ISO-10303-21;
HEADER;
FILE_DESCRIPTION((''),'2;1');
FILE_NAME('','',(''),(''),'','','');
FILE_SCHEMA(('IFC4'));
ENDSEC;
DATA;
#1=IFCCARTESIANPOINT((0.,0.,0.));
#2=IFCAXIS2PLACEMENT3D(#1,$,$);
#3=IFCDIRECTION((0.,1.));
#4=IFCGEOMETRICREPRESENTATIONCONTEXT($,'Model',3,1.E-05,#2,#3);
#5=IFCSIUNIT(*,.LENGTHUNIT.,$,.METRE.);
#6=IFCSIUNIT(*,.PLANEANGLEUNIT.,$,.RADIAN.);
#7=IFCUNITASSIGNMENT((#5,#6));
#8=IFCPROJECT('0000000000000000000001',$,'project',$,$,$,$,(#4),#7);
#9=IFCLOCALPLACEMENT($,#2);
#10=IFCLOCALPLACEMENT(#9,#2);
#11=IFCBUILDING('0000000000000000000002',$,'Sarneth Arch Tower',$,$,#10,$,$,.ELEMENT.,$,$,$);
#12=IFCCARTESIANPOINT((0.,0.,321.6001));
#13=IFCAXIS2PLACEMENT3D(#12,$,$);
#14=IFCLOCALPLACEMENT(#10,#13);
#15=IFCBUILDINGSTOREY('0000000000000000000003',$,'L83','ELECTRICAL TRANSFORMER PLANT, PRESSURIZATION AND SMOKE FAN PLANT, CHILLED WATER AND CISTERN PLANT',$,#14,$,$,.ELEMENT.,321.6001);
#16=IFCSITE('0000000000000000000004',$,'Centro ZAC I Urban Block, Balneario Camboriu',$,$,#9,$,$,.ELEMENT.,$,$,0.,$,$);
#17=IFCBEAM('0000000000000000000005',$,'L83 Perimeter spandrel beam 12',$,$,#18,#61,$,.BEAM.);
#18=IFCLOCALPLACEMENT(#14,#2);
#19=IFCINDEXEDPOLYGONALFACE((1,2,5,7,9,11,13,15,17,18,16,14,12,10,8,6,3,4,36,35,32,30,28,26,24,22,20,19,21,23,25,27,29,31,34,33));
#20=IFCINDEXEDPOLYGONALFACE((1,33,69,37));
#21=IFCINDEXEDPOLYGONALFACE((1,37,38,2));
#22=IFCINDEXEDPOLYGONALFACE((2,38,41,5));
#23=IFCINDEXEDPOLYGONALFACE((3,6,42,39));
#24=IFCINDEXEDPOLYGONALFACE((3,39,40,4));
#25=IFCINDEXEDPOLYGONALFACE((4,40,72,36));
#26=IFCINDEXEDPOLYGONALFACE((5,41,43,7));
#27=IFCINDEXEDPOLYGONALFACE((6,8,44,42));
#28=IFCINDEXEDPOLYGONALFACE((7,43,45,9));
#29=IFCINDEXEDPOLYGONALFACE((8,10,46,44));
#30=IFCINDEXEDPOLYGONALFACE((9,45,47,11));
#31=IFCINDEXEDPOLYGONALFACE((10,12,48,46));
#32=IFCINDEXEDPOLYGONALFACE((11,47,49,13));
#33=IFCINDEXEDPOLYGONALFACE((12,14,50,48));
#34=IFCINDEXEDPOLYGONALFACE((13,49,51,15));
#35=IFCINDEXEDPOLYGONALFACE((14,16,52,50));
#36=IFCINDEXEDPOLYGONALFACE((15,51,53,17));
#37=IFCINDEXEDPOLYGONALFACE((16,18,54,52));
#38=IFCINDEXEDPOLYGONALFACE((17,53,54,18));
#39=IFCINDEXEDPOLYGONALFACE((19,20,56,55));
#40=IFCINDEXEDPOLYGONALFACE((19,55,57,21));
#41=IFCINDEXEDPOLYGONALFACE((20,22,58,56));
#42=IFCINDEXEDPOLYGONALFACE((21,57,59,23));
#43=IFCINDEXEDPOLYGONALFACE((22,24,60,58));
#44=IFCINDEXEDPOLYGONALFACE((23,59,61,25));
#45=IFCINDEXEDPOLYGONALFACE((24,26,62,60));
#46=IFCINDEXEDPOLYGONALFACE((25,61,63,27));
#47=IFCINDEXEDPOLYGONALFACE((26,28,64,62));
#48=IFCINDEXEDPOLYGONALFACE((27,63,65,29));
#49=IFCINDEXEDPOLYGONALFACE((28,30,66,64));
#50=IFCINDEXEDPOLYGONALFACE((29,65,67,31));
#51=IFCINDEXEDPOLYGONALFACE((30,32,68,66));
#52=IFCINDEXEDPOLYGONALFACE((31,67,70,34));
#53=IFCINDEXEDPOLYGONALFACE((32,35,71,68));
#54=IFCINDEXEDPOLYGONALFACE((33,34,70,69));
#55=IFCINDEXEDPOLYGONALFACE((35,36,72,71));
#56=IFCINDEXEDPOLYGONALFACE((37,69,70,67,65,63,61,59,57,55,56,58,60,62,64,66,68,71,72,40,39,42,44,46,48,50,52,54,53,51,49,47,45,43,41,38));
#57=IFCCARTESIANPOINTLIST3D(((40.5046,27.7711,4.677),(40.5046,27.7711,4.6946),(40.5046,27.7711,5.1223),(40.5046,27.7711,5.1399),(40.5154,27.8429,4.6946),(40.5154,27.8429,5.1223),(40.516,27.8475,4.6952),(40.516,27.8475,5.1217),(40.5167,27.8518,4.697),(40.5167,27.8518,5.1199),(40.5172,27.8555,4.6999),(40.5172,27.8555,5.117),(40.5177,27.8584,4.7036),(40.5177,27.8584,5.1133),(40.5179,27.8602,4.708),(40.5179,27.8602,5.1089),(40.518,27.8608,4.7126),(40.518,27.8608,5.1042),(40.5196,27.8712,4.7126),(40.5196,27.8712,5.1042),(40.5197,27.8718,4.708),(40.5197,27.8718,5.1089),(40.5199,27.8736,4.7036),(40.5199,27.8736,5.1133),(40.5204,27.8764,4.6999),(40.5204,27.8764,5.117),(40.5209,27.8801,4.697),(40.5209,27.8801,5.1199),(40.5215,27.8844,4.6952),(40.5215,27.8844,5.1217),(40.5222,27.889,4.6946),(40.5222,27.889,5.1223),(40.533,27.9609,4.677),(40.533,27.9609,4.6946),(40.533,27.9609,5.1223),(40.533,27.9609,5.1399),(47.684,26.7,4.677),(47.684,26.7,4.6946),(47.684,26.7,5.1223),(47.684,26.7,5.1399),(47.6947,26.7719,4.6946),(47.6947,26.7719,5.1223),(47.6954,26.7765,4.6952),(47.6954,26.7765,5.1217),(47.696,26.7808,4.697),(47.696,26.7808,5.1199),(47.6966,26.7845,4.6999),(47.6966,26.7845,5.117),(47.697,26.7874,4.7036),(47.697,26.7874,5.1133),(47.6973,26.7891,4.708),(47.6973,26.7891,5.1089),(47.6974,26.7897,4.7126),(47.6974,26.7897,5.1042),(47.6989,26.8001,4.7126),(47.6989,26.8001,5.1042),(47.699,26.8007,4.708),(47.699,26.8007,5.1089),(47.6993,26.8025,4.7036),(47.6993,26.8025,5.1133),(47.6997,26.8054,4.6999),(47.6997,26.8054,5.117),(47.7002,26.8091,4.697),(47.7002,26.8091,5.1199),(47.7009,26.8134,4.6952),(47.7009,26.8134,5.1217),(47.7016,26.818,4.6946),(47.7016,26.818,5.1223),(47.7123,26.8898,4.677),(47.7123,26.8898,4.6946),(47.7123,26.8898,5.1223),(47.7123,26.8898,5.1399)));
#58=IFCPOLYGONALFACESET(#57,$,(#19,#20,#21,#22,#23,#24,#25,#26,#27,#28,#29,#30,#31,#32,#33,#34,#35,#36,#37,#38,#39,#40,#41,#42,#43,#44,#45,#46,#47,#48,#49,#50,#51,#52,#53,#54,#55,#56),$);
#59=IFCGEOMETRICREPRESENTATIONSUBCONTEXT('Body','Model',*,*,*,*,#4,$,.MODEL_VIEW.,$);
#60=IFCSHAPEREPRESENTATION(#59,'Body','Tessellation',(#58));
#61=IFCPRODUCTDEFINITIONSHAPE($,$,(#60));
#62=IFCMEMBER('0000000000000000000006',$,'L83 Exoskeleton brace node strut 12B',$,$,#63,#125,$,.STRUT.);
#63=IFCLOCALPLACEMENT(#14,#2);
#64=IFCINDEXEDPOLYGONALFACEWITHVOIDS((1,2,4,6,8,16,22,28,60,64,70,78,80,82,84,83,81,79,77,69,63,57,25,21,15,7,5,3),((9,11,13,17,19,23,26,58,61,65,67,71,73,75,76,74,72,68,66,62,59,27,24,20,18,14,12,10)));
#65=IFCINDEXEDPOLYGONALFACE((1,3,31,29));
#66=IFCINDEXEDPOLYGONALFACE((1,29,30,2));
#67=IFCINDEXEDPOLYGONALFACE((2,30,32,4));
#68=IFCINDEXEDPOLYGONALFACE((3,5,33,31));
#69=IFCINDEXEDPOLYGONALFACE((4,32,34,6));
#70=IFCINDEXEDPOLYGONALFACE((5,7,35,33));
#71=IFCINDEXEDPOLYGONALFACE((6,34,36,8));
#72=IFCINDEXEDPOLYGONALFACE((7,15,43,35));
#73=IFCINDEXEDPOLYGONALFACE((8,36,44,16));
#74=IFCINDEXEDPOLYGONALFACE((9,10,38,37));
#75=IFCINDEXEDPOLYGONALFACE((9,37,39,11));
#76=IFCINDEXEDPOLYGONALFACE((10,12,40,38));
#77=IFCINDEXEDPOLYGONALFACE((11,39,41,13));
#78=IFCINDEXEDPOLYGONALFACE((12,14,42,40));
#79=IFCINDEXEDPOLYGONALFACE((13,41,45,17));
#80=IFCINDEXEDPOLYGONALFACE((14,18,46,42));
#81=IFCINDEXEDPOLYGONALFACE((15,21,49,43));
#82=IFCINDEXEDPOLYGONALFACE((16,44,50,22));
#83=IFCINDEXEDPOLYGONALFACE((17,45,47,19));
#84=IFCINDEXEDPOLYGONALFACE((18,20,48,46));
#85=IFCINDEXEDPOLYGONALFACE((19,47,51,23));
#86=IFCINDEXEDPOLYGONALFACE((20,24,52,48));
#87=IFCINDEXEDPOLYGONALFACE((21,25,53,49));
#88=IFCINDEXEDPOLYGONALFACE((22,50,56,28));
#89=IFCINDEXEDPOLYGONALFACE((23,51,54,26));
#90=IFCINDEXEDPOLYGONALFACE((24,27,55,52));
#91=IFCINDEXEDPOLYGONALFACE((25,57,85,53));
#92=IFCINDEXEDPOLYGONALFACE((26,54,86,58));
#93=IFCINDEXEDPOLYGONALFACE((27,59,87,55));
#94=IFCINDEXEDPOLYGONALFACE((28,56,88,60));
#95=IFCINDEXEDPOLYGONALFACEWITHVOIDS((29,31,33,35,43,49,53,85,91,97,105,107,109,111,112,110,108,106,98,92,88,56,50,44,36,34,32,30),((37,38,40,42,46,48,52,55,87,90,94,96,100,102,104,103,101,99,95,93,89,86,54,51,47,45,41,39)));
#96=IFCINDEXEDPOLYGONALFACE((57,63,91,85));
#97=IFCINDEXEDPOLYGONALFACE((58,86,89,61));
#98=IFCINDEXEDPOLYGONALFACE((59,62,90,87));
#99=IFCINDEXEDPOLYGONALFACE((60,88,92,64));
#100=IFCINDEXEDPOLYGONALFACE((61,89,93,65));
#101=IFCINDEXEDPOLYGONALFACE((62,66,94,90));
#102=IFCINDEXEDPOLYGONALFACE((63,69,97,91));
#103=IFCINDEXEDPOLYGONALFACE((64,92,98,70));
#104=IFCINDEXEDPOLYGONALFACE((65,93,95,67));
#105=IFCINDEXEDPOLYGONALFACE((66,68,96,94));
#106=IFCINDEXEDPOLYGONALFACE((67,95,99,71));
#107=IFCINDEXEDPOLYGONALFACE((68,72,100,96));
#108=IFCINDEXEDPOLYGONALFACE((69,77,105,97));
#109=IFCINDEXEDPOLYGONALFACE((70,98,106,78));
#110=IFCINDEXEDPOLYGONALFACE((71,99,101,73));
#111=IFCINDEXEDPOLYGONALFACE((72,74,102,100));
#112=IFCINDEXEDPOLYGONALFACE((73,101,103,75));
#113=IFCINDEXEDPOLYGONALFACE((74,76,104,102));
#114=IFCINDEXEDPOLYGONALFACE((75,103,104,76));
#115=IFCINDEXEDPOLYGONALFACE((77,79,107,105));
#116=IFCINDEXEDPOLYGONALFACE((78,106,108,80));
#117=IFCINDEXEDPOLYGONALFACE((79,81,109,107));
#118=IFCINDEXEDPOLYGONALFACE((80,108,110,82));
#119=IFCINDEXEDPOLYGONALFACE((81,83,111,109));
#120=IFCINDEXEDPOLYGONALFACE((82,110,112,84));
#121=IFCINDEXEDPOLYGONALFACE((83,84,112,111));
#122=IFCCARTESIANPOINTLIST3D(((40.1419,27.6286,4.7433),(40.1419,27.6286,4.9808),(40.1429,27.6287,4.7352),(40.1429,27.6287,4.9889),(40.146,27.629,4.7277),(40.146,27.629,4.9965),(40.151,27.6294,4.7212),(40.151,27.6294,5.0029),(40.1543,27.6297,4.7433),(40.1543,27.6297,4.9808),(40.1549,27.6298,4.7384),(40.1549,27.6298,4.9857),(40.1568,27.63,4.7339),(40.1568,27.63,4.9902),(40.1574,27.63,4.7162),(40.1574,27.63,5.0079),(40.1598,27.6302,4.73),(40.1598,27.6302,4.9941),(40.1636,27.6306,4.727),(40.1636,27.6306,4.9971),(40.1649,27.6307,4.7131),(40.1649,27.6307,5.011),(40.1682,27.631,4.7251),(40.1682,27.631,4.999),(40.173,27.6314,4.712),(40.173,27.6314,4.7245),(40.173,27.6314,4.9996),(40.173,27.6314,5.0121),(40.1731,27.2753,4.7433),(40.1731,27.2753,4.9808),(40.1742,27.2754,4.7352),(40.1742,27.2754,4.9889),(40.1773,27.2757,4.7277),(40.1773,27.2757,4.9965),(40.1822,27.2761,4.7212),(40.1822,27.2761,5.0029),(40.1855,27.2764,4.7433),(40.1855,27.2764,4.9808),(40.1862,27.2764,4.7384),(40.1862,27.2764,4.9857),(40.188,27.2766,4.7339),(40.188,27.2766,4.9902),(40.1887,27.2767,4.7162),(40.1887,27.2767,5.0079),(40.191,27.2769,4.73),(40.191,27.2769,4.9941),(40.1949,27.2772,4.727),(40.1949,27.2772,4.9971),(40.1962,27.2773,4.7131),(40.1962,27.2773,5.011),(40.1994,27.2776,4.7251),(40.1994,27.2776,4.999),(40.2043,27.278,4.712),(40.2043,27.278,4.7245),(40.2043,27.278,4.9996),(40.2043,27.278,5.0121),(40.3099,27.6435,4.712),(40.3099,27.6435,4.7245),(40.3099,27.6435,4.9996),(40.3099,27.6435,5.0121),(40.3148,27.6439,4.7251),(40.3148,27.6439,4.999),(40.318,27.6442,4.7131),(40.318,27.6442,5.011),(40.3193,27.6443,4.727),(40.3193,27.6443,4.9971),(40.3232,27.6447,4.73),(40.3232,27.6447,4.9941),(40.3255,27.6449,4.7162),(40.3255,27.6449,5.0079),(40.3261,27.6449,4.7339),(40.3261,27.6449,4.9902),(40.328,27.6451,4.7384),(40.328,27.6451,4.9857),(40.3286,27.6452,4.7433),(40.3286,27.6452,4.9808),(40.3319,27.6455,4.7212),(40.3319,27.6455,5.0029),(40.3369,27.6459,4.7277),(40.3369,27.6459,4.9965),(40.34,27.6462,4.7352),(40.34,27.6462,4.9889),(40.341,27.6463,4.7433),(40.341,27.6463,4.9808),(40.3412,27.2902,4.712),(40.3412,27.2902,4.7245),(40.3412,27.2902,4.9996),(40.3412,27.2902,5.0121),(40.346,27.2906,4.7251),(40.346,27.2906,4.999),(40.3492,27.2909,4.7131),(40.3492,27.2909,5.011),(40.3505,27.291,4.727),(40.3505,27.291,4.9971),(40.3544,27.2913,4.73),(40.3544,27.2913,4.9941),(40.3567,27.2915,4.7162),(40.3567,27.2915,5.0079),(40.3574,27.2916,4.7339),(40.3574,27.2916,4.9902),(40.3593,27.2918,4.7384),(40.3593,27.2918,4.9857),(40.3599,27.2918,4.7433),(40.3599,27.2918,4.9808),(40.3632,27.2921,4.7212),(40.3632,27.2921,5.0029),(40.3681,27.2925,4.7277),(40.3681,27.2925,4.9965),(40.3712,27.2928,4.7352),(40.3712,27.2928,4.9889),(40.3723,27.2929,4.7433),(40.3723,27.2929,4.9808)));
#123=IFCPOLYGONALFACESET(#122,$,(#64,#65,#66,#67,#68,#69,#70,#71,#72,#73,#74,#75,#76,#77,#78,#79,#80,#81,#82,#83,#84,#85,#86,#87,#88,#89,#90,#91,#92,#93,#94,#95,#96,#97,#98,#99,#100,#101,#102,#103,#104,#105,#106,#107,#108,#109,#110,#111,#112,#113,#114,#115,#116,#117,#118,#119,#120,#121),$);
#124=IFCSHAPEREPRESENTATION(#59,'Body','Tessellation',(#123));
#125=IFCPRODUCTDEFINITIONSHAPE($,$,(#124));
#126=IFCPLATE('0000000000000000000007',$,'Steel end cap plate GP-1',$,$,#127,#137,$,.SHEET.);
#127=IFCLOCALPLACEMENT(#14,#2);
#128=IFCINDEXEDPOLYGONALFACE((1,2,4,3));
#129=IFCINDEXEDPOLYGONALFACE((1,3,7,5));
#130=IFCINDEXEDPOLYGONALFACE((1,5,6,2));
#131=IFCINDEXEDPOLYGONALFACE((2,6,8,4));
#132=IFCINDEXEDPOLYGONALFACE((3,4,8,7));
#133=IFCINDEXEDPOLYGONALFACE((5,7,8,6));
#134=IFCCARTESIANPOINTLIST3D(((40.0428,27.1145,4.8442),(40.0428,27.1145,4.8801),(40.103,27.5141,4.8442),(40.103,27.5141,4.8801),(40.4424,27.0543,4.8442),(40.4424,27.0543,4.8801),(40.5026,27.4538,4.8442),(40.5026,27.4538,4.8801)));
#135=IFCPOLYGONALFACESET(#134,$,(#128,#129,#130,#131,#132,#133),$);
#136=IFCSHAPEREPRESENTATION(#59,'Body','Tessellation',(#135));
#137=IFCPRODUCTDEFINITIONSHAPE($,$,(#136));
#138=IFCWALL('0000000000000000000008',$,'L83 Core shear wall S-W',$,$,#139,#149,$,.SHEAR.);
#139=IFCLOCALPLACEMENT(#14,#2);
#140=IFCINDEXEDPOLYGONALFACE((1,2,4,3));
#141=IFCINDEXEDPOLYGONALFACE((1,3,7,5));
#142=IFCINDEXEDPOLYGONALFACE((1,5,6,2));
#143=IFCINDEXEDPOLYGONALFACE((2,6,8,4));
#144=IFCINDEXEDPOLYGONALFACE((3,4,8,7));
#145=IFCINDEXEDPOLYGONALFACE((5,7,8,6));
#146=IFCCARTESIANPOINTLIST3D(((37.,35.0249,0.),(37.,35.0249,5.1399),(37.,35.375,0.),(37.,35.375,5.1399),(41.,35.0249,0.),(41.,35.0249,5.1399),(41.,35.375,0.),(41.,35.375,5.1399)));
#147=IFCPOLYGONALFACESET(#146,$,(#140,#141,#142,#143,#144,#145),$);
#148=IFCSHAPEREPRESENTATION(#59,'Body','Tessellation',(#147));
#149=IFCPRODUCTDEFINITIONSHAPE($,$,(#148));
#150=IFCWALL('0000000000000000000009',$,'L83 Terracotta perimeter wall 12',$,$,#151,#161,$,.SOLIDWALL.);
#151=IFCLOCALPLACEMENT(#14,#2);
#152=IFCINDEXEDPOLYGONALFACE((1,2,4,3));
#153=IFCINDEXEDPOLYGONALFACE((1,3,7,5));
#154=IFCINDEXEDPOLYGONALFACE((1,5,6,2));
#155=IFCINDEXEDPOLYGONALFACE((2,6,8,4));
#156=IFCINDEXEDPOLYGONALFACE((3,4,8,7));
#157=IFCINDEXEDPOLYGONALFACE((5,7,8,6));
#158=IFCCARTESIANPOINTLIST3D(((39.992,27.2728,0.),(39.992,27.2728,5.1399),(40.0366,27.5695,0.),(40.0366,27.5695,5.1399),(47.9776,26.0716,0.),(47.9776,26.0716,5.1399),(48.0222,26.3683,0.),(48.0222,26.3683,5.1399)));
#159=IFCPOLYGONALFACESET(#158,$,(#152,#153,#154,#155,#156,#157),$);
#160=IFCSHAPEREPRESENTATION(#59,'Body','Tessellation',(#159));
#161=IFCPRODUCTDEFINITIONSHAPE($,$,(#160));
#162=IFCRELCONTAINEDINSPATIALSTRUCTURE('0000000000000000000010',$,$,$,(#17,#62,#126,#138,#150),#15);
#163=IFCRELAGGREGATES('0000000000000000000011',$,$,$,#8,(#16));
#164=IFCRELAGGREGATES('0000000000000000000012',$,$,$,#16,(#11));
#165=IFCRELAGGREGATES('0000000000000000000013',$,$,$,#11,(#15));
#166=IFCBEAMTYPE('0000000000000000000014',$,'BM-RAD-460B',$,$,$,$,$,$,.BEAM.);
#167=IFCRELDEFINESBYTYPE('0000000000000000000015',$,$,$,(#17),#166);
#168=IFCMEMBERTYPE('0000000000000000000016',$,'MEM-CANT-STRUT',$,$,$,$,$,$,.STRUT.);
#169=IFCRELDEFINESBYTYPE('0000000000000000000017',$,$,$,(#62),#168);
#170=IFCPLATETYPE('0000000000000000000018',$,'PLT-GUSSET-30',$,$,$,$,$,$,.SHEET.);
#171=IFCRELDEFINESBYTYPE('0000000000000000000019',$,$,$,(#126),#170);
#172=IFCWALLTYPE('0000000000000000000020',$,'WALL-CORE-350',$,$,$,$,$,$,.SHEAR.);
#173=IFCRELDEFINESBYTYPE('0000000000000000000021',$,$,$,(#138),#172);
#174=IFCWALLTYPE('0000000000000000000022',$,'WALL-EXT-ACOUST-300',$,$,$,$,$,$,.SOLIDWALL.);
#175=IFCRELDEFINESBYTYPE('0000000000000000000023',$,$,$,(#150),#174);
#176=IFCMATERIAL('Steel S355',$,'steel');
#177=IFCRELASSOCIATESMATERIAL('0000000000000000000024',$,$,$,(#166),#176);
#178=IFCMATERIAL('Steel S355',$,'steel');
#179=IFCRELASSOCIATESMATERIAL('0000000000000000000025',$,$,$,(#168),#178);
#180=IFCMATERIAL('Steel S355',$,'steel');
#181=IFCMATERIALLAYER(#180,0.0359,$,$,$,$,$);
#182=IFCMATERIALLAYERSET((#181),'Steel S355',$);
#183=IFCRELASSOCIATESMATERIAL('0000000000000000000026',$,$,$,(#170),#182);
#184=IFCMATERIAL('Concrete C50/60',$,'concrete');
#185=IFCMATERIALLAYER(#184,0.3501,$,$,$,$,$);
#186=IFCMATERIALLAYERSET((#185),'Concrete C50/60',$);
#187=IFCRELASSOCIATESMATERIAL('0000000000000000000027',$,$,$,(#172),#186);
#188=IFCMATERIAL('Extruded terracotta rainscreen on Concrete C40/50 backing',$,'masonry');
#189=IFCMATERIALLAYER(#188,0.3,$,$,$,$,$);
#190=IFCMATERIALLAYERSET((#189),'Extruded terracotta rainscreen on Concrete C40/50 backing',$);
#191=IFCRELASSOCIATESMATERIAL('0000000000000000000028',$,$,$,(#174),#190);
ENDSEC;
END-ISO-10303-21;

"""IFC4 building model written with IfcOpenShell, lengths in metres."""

from ifc_helpers import new_model, si_unit, direction, frame, frame_2d, origin, origin_2d, place, context, subcontext, project, spatial, rectangle, hollow_rectangle, i_section, extrude, material, layer, layer_set, material_profile, profile_set, type_object, element, save


model = new_model("IFC4")

# Units and contexts
model_context = context("Model", 3, precision=1e-05, world=origin(), true_north=direction((0.0, 1.0)))
body_context = subcontext(model_context, "Body", "Model", "MODEL_VIEW")
ifc_project = project(units=[si_unit("LENGTHUNIT", "METRE"), si_unit("PLANEANGLEUNIT", "RADIAN")], contexts=[model_context])

# Site, building, storey
site_placement = place(None, origin())
site = spatial("IfcSite", under=ifc_project, at=site_placement, Name="Centro ZAC I Urban Block, Balneario Camboriu", CompositionType="ELEMENT", RefElevation=0.0)
building_placement = place(site_placement, origin())
building = spatial("IfcBuilding", under=site, at=building_placement, Name="Sarneth Arch Tower", CompositionType="ELEMENT")
storey_placement = place(building_placement, frame((0.0, 0.0, 321.6001)))
storey = spatial("IfcBuildingStorey", under=building, at=storey_placement, Name="L83", Description="ELECTRICAL TRANSFORMER PLANT, PRESSURIZATION AND SMOKE FAN PLANT, CHILLED WATER AND CISTERN PLANT", CompositionType="ELEMENT", Elevation=321.6001)

# Beam
ifc_material_1 = material(Name="Steel S355", Category="steel")
ifc_material_profile_1 = material_profile(ifc_material_1, i_section(OverallWidth=0.1919, OverallDepth=0.4629, WebThickness=0.0105, FlangeThickness=0.0176, FilletRadius=0.0181, at=origin_2d()), Name="W460x89")
ifc_profile_set_1 = profile_set([ifc_material_profile_1], Name="Steel S355")
beam_type_1 = type_object("IfcBeamType", Name="BM-RAD-460B", PredefinedType="BEAM", material=ifc_profile_set_1)
beam_1_placement = place(storey_placement, frame((40.5188, 27.866, 4.9084), z_axis=(0.989055, -0.147549, 0.0), x_axis=(0.147549, 0.989055, 0.0)))
element("IfcBeam", 1, at=beam_1_placement, inside=storey, type_object=beam_type_1, Name="L83 Perimeter spandrel beam 12", PredefinedType="BEAM", context=body_context, shape_type="SweptSolid", body=[
    extrude(i_section(OverallWidth=0.1919, OverallDepth=0.4629, WebThickness=0.0105, FlangeThickness=0.0176, FilletRadius=0.0181, at=origin_2d()), origin(), (0.0, 0.0, 1.0), 7.2588),
])

# Member
ifc_material_2 = material(Name="Steel S355", Category="steel")
ifc_material_profile_2 = material_profile(ifc_material_2, hollow_rectangle(XDim=0.2, YDim=0.3, WallThickness=0.0125, InnerFilletRadius=0.0188, OuterFilletRadius=0.0312, at=origin_2d()), Name="RHS300x200x12.5")
ifc_profile_set_2 = profile_set([ifc_material_profile_2], Name="Steel S355")
member_type = type_object("IfcMemberType", Name="MEM-CANT-STRUT", PredefinedType="STRUT", material=ifc_profile_set_2)
member_placement = place(storey_placement, frame((40.2415, 27.6375, 4.8621), z_axis=(0.088115, -0.99611, 0.0), x_axis=(0.99611, 0.088115, 0.0)))
element("IfcMember", 2, at=member_placement, inside=storey, type_object=member_type, Name="L83 Exoskeleton brace node strut 12B", PredefinedType="STRUT", context=body_context, shape_type="SweptSolid", body=[
    extrude(hollow_rectangle(XDim=0.2, YDim=0.3, WallThickness=0.0125, InnerFilletRadius=0.0188, OuterFilletRadius=0.0312, at=origin_2d()), origin(), (0.0, 0.0, 1.0), 0.3547),
])

# Plate
ifc_material_3 = material(Name="Steel S355", Category="steel")
ifc_layer_1 = layer(ifc_material_3, 0.0359)
ifc_layer_set_1 = layer_set([ifc_layer_1], Name="Steel S355")
plate_type = type_object("IfcPlateType", Name="PLT-GUSSET-30", PredefinedType="SHEET", material=ifc_layer_set_1)
plate_placement = place(storey_placement, frame((40.2727, 27.2842, 4.8442), z_axis=(0.0, 0.0, 1.0), x_axis=(0.988835, -0.149018, 0.0)))
element("IfcPlate", 3, at=plate_placement, inside=storey, type_object=plate_type, Name="Steel end cap plate GP-1", PredefinedType="SHEET", context=body_context, shape_type="SweptSolid", body=[
    extrude(rectangle(XDim=0.4041, YDim=0.4041, at=origin_2d()), origin(), (0.0, 0.0, 1.0), 0.0359),
])

# Walls
ifc_material_4 = material(Name="Concrete C50/60", Category="concrete")
ifc_layer_2 = layer(ifc_material_4, 0.3501)
ifc_layer_set_2 = layer_set([ifc_layer_2], Name="Concrete C50/60")
wall_type_1 = type_object("IfcWallType", Name="WALL-CORE-350", PredefinedType="SHEAR", material=ifc_layer_set_2)
wall_1_placement = place(storey_placement, frame((37.0, 35.2, 0.0), z_axis=(0.0, 0.0, 1.0), x_axis=(1.0, 0.0, 0.0)))
element("IfcWall", 4, at=wall_1_placement, inside=storey, type_object=wall_type_1, Name="L83 Core shear wall S-W", PredefinedType="SHEAR", context=body_context, shape_type="SweptSolid", body=[
    extrude(rectangle(XDim=4.0, YDim=0.3501, at=frame_2d((2.0, 0.0))), origin(), (0.0, 0.0, 1.0), 5.1399),
])
ifc_material_5 = material(Name="Extruded terracotta rainscreen on Concrete C40/50 backing", Category="masonry")
ifc_layer_3 = layer(ifc_material_5, 0.3)
ifc_layer_set_3 = layer_set([ifc_layer_3], Name="Extruded terracotta rainscreen on Concrete C40/50 backing")
wall_type_2 = type_object("IfcWallType", Name="WALL-EXT-ACOUST-300", PredefinedType="SOLIDWALL", material=ifc_layer_set_3)
wall_2_placement = place(storey_placement, frame((40.0144, 27.4211, 0.0), z_axis=(0.0, 0.0, 1.0), x_axis=(0.988876, -0.148744, 0.0)))
element("IfcWall", 5, at=wall_2_placement, inside=storey, type_object=wall_type_2, Name="L83 Terracotta perimeter wall 12", PredefinedType="SOLIDWALL", context=body_context, shape_type="SweptSolid", body=[
    extrude(rectangle(XDim=8.0754, YDim=0.3, at=frame_2d((4.0376, 0.0))), origin(), (0.0, 0.0, 1.0), 5.1399),
])

save(model, "model.ifc")
